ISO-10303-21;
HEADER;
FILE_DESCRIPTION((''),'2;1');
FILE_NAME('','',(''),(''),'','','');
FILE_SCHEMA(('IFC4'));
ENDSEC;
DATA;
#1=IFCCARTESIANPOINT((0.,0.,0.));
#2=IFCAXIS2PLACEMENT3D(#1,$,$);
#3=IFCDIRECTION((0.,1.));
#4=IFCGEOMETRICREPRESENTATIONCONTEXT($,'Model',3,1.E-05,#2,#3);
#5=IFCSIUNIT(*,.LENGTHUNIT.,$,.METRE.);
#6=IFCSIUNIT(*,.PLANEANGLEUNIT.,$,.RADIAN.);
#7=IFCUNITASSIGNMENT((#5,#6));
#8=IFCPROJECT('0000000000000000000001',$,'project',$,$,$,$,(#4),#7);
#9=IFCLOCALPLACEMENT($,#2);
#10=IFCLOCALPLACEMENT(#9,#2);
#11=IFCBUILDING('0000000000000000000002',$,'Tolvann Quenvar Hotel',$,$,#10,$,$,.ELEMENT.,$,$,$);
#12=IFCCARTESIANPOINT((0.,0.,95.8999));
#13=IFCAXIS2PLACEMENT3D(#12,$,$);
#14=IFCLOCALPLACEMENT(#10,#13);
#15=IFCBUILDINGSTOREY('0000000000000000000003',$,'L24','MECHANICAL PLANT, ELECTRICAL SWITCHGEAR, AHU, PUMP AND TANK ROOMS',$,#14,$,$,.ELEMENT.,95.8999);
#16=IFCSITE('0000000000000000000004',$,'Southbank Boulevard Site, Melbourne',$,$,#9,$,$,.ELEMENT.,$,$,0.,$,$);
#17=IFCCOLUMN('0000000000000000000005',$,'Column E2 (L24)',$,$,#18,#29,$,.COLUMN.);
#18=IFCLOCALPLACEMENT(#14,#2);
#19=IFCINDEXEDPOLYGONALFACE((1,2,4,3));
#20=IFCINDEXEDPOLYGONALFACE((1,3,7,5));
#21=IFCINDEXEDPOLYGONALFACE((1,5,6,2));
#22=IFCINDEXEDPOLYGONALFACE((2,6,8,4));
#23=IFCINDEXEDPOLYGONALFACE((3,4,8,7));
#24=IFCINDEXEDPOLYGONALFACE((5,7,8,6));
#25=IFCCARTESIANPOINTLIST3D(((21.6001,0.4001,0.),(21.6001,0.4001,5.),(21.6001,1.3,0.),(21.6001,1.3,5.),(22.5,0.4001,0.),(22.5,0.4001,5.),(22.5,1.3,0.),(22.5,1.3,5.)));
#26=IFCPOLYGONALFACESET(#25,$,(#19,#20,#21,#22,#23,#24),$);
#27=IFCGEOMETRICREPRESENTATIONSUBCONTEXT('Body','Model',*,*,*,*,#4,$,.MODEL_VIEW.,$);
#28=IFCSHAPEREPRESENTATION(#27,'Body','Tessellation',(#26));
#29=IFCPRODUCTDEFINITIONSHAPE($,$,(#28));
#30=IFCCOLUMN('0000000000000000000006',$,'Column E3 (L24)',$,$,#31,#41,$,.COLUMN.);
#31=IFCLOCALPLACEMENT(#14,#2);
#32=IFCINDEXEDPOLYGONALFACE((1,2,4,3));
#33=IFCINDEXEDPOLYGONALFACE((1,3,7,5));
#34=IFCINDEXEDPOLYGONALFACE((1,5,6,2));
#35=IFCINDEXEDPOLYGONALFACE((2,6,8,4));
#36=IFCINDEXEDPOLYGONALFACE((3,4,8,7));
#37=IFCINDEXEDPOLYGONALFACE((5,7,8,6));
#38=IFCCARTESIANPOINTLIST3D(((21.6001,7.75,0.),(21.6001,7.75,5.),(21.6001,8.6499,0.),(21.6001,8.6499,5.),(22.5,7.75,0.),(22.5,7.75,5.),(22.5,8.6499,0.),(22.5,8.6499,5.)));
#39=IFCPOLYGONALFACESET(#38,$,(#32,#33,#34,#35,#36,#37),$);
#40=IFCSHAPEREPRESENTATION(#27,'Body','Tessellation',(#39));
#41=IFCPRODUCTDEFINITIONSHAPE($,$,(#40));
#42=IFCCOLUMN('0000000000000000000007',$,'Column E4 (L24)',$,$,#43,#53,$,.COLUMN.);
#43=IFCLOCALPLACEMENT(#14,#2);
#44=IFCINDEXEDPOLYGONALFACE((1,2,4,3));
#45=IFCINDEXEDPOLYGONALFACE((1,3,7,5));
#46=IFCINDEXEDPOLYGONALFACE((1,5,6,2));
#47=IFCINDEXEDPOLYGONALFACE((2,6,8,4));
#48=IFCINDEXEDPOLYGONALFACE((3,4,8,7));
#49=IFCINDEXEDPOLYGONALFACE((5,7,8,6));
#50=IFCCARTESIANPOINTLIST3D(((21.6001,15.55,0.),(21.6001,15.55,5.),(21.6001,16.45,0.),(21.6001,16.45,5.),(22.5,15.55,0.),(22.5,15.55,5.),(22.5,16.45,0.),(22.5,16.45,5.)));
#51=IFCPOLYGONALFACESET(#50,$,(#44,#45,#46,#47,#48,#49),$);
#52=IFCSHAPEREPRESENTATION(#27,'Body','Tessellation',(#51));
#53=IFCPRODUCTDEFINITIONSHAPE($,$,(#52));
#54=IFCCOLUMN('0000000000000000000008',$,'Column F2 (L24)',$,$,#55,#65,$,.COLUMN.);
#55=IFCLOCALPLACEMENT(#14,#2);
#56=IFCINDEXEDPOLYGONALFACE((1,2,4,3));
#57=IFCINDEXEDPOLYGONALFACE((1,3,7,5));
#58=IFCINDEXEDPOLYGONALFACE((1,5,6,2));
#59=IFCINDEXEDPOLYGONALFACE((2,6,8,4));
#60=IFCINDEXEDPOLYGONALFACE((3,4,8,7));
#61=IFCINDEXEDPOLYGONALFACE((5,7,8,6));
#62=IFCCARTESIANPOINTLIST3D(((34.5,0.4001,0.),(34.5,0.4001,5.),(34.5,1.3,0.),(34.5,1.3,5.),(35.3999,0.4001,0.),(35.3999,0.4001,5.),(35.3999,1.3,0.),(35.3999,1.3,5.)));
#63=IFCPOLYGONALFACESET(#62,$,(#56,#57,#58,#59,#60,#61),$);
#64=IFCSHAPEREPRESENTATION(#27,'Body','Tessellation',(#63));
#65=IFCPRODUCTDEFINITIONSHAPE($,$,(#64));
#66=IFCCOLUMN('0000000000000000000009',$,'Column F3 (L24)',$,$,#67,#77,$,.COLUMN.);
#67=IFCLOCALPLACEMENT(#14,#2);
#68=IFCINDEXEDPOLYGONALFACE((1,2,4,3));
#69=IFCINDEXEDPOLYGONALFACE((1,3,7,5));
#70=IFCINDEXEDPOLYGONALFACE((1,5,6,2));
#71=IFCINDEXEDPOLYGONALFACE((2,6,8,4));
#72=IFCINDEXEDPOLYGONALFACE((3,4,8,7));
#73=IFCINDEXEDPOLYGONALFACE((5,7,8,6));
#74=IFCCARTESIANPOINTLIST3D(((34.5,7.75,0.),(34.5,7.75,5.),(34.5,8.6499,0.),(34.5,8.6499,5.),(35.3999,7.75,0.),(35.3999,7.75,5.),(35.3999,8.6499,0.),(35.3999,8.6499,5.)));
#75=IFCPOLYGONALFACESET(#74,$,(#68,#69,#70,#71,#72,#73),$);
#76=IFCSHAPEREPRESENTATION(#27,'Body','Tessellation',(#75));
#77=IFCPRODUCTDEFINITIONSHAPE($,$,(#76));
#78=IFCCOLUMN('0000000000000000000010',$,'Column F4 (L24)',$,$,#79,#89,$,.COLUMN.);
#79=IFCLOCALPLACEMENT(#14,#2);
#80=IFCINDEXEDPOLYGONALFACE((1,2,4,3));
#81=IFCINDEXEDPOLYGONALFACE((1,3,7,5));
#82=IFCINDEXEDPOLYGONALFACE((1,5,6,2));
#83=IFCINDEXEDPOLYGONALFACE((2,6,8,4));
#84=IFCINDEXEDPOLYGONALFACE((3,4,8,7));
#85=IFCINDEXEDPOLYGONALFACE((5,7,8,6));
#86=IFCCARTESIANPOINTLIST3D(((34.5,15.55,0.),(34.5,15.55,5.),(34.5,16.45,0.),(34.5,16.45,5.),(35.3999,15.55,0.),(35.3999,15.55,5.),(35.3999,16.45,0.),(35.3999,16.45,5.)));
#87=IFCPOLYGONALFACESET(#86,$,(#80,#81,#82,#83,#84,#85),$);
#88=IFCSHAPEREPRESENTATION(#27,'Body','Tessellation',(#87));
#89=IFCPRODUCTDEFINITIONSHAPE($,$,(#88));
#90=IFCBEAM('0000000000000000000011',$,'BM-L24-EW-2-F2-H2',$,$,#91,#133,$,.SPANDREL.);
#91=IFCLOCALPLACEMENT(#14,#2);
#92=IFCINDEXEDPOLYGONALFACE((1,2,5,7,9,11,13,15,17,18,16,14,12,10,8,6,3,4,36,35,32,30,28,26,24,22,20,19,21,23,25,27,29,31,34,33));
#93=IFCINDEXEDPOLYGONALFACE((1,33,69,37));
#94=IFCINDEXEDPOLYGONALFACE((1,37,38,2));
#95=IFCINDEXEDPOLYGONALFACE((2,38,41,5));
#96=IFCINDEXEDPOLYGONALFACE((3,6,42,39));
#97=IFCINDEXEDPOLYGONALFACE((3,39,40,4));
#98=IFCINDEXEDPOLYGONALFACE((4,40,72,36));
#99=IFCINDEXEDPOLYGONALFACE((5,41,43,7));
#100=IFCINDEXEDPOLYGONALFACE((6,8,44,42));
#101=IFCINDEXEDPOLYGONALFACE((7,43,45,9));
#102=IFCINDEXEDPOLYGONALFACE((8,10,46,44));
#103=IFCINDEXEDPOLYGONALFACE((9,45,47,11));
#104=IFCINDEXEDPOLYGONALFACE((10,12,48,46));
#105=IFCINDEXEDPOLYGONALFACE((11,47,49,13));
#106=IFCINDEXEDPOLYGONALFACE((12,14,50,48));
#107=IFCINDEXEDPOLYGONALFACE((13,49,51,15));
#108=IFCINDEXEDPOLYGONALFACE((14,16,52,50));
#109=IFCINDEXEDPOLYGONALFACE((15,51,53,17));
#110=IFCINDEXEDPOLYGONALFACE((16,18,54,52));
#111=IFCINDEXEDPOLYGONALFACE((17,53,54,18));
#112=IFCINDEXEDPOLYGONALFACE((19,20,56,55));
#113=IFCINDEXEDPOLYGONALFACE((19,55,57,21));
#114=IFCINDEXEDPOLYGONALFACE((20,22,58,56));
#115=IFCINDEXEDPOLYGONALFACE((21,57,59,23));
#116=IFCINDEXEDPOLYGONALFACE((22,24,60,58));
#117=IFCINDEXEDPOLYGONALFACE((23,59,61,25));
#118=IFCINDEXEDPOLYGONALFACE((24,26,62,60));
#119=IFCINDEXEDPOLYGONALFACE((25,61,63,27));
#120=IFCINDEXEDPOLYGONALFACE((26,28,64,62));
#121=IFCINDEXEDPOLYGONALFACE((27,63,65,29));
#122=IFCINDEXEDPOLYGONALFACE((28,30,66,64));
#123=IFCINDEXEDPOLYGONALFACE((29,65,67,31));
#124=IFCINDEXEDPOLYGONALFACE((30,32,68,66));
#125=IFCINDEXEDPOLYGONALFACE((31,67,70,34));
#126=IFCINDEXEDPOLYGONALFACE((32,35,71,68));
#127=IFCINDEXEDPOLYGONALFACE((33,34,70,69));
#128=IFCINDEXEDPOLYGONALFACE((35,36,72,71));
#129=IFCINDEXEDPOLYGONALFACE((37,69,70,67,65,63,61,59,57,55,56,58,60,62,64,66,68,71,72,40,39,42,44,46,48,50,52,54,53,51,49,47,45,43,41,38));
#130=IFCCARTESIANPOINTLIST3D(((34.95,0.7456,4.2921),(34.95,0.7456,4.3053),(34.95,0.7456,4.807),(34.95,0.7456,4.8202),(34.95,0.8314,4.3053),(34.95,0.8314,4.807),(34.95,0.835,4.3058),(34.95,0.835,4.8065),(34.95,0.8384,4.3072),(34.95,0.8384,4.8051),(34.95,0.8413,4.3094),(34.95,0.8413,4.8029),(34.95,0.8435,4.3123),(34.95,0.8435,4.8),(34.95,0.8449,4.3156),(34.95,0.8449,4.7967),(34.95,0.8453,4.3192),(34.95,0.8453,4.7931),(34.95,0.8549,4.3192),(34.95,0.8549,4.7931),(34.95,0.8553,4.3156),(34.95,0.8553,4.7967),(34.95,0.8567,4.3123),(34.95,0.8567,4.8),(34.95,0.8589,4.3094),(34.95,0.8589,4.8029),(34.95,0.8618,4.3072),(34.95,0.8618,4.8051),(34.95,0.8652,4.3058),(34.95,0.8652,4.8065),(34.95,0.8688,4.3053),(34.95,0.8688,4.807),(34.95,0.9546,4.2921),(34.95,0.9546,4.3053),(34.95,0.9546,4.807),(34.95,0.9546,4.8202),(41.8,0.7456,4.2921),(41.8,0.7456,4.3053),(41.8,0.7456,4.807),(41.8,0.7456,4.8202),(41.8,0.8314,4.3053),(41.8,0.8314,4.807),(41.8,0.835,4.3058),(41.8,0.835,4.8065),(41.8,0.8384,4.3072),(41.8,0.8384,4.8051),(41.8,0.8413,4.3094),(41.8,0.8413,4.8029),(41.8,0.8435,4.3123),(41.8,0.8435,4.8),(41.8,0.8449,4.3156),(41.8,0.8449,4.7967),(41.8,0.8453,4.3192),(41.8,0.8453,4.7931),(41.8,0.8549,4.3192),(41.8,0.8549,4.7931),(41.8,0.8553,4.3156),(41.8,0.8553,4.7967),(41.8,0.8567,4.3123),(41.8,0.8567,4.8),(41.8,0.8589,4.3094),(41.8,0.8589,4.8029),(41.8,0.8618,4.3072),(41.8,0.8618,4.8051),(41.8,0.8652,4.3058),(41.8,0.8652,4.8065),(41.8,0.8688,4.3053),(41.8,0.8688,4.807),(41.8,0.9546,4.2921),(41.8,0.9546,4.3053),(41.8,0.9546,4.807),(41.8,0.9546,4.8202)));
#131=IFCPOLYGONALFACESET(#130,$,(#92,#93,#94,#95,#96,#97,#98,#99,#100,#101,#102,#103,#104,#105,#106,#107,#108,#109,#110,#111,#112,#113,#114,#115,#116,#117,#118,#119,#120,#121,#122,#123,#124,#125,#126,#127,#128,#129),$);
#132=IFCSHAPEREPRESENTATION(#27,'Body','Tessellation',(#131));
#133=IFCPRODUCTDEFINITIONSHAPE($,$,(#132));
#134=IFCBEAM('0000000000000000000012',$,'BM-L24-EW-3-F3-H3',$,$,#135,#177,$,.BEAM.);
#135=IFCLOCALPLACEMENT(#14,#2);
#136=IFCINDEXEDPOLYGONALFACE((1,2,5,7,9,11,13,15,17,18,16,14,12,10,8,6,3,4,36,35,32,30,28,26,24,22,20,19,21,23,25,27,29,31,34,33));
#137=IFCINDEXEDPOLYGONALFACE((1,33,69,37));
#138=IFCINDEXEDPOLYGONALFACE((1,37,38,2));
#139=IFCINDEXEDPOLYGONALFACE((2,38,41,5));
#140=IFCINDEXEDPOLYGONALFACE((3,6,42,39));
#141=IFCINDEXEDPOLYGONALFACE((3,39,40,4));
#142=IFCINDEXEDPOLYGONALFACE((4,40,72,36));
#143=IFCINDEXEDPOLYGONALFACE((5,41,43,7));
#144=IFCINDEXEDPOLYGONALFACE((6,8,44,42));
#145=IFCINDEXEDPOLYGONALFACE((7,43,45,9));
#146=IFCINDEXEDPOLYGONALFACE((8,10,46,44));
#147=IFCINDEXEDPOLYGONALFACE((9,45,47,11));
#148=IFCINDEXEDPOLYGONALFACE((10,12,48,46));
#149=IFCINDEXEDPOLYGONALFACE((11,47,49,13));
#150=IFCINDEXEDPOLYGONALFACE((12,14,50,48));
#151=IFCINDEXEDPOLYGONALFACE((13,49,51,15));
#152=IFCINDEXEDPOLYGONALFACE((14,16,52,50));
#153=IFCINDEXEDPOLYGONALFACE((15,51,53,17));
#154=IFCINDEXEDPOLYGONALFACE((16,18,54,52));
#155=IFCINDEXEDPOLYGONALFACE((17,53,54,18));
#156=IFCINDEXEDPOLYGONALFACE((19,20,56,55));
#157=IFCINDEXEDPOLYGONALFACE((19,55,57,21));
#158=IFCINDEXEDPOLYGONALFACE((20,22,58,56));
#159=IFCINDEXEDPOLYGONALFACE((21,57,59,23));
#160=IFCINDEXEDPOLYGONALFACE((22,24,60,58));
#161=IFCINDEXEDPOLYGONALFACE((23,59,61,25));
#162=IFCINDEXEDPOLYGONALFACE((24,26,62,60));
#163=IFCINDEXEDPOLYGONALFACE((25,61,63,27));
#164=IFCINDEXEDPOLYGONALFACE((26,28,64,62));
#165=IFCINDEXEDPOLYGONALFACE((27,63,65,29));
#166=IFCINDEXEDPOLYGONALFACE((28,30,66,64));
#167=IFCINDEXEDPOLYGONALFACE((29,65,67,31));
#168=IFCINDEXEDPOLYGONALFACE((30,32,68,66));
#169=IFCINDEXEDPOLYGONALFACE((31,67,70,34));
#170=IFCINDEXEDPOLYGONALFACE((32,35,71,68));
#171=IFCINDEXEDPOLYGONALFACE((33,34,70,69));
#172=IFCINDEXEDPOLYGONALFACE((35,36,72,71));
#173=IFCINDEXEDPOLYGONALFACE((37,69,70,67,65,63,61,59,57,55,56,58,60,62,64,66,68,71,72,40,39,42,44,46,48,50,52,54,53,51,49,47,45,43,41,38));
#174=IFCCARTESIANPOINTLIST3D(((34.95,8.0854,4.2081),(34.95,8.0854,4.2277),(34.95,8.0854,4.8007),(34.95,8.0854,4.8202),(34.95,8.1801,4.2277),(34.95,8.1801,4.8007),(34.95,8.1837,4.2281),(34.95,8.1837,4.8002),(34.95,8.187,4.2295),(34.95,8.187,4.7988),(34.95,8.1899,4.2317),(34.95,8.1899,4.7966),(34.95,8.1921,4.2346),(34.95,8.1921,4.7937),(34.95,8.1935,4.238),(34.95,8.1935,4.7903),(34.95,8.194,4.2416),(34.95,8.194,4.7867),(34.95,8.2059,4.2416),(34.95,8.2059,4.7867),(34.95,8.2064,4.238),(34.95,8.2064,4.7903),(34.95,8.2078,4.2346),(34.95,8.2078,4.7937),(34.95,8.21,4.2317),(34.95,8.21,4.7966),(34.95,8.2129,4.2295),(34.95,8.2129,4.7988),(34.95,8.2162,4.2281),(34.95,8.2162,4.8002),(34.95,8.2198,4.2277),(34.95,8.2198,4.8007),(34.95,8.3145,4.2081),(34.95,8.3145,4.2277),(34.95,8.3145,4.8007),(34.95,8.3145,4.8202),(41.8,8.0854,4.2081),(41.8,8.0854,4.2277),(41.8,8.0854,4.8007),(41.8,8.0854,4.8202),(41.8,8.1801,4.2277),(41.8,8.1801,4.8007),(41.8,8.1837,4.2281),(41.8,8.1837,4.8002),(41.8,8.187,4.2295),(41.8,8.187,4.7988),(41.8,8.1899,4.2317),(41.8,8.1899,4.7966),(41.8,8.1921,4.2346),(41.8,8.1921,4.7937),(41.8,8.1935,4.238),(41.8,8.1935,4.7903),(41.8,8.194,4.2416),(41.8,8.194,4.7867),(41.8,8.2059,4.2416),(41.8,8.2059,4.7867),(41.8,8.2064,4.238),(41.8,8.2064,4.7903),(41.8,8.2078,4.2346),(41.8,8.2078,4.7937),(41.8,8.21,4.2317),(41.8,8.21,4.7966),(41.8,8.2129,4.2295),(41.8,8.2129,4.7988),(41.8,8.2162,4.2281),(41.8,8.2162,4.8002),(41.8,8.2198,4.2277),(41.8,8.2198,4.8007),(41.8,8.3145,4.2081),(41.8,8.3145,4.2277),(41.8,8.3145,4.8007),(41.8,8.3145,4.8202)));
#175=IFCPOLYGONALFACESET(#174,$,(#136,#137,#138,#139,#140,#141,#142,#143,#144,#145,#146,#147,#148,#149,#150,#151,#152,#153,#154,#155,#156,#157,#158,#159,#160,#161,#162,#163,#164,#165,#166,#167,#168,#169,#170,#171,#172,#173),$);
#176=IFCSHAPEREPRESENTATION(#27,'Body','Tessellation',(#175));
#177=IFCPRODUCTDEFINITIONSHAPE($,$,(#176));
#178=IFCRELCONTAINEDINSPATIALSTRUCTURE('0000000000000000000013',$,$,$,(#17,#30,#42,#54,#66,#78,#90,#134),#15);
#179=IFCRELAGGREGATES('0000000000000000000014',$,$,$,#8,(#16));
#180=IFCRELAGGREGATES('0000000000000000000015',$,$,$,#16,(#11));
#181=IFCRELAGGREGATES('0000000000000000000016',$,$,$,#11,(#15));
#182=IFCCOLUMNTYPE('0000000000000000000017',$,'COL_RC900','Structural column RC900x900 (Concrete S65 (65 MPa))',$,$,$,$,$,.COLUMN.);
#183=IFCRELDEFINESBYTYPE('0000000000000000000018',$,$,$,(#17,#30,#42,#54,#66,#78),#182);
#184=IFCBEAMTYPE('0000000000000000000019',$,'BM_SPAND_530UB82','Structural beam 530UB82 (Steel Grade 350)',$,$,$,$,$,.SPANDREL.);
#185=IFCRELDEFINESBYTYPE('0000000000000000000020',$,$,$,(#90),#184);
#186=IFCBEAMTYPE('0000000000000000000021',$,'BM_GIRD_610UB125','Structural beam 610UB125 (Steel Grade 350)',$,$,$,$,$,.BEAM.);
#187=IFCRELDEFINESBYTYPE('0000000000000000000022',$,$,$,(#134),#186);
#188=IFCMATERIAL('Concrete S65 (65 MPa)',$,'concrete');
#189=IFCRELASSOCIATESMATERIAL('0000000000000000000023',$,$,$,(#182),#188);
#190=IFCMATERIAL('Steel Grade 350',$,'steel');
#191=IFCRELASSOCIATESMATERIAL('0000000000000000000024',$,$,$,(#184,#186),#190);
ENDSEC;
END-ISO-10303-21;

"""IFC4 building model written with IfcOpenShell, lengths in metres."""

from ifc_helpers import new_model, si_unit, direction, frame, origin, origin_2d, place, context, subcontext, project, spatial, rectangle, i_section, extrude, source, transform, mapped, material, material_profile, profile_set, type_object, type_shapes, element, save


model = new_model("IFC4")

# Units and contexts
model_context = context("Model", 3, precision=1e-05, world=origin(), true_north=direction((0.0, 1.0)))
body_context = subcontext(model_context, "Body", "Model", "MODEL_VIEW")
ifc_project = project(units=[si_unit("LENGTHUNIT", "METRE"), si_unit("PLANEANGLEUNIT", "RADIAN")], contexts=[model_context])

# Site, building, storey
site_placement = place(None, origin())
site = spatial("IfcSite", under=ifc_project, at=site_placement, Name="Southbank Boulevard Site, Melbourne", CompositionType="ELEMENT", RefElevation=0.0)
building_placement = place(site_placement, origin())
building = spatial("IfcBuilding", under=site, at=building_placement, Name="Tolvann Quenvar Hotel", CompositionType="ELEMENT")
storey_placement = place(building_placement, frame((0.0, 0.0, 95.8999)))
storey = spatial("IfcBuildingStorey", under=building, at=storey_placement, Name="L24", Description="MECHANICAL PLANT, ELECTRICAL SWITCHGEAR, AHU, PUMP AND TANK ROOMS", CompositionType="ELEMENT", Elevation=95.8999)

# Columns
ifc_material_1 = material(Name="Concrete S65 (65 MPa)", Category="concrete")
ifc_material_profile_1 = material_profile(ifc_material_1, rectangle(XDim=0.8999, YDim=0.8999, at=origin_2d()), Name="RC900x900")
ifc_profile_set_1 = profile_set([ifc_material_profile_1], Name="Concrete S65 (65 MPa)")
column_type = type_object("IfcColumnType", Name="COL_RC900", Description="Structural column RC900x900 (Concrete S65 (65 MPa))", PredefinedType="COLUMN", material=ifc_profile_set_1)
shared_shape_1 = source(origin(), body_context, "Body", "SweptSolid", [
    extrude(rectangle(XDim=0.8999, YDim=0.8999, at=origin_2d()), origin(), (0.0, 0.0, 1.0), 5.0),
])
type_shapes(column_type, [shared_shape_1])
for number, where, z_axis, x_axis, name in (
    (1, (22.05, 0.8501, 0.0), (0.0, 0.0, 1.0), (1.0, 0.0, 0.0), "Column E2 (L24)"),
    (2, (22.05, 8.2, 0.0), (0.0, 0.0, 1.0), (1.0, 0.0, 0.0), "Column E3 (L24)"),
    (3, (22.05, 16.0, 0.0), (0.0, 0.0, 1.0), (1.0, 0.0, 0.0), "Column E4 (L24)"),
    (4, (34.95, 0.8501, 0.0), (0.0, 0.0, 1.0), (1.0, 0.0, 0.0), "Column F2 (L24)"),
    (5, (34.95, 8.2, 0.0), (0.0, 0.0, 1.0), (1.0, 0.0, 0.0), "Column F3 (L24)"),
    (6, (34.95, 16.0, 0.0), (0.0, 0.0, 1.0), (1.0, 0.0, 0.0), "Column F4 (L24)"),
):
    element("IfcColumn", number, at=place(storey_placement, frame(where, z_axis=z_axis, x_axis=x_axis)), inside=storey, type_object=column_type, Name=name, PredefinedType="COLUMN", context=body_context, shape_type="MappedRepresentation", body=[
        mapped(shared_shape_1, transform((0.0, 0.0, 0.0), x_axis=(1.0, 0.0, 0.0), y_axis=(0.0, 1.0, 0.0), z_axis=(0.0, 0.0, 1.0), scale=1.0)),
    ])

# Beams
ifc_material_2 = material(Name="Steel Grade 350", Category="steel")
ifc_material_profile_2 = material_profile(ifc_material_2, i_section(OverallWidth=0.209, OverallDepth=0.5281, WebThickness=0.0095, FlangeThickness=0.0132, FilletRadius=0.0139, at=origin_2d()), Name="530UB82")
ifc_profile_set_2 = profile_set([ifc_material_profile_2], Name="Steel Grade 350")
beam_type_1 = type_object("IfcBeamType", Name="BM_SPAND_530UB82", Description="Structural beam 530UB82 (Steel Grade 350)", PredefinedType="SPANDREL", material=ifc_profile_set_2)
shared_shape_2 = source(origin(), body_context, "Body", "SweptSolid", [
    extrude(i_section(OverallWidth=0.209, OverallDepth=0.5281, WebThickness=0.0095, FlangeThickness=0.0132, FilletRadius=0.0139, at=origin_2d()), origin(), (0.0, 0.0, 1.0), 6.8501),
])
type_shapes(beam_type_1, [shared_shape_2])
beam_1_placement = place(storey_placement, frame((34.95, 0.8501, 4.5562), z_axis=(1.0, 0.0, 0.0), x_axis=(0.0, 1.0, 0.0)))
element("IfcBeam", 7, at=beam_1_placement, inside=storey, type_object=beam_type_1, Name="BM-L24-EW-2-F2-H2", PredefinedType="SPANDREL", context=body_context, shape_type="MappedRepresentation", body=[
    mapped(shared_shape_2, transform((0.0, 0.0, 0.0), x_axis=(1.0, 0.0, 0.0), y_axis=(0.0, 1.0, 0.0), z_axis=(0.0, 0.0, 1.0), scale=1.0)),
])
ifc_material_profile_3 = material_profile(ifc_material_2, i_section(OverallWidth=0.229, OverallDepth=0.6121, WebThickness=0.012, FlangeThickness=0.0195, FilletRadius=0.0139, at=origin_2d()), Name="610UB125")
ifc_profile_set_3 = profile_set([ifc_material_profile_3], Name="Steel Grade 350")
beam_type_2 = type_object("IfcBeamType", Name="BM_GIRD_610UB125", Description="Structural beam 610UB125 (Steel Grade 350)", PredefinedType="BEAM", material=ifc_profile_set_3)
shared_shape_3 = source(origin(), body_context, "Body", "SweptSolid", [
    extrude(i_section(OverallWidth=0.229, OverallDepth=0.6121, WebThickness=0.012, FlangeThickness=0.0195, FilletRadius=0.0139, at=origin_2d()), origin(), (0.0, 0.0, 1.0), 6.8501),
])
for number, where, z_axis, x_axis, name in (
    (8, (34.95, 8.2, 4.5142), (1.0, 0.0, 0.0), (0.0, 1.0, 0.0), "BM-L24-EW-3-F3-H3"),
):
    element("IfcBeam", number, at=place(storey_placement, frame(where, z_axis=z_axis, x_axis=x_axis)), inside=storey, type_object=beam_type_2, Name=name, PredefinedType="BEAM", context=body_context, shape_type="MappedRepresentation", body=[
        mapped(shared_shape_3, transform((0.0, 0.0, 0.0), x_axis=(1.0, 0.0, 0.0), y_axis=(0.0, 1.0, 0.0), z_axis=(0.0, 0.0, 1.0), scale=1.0)),
    ])

save(model, "model.ifc")
